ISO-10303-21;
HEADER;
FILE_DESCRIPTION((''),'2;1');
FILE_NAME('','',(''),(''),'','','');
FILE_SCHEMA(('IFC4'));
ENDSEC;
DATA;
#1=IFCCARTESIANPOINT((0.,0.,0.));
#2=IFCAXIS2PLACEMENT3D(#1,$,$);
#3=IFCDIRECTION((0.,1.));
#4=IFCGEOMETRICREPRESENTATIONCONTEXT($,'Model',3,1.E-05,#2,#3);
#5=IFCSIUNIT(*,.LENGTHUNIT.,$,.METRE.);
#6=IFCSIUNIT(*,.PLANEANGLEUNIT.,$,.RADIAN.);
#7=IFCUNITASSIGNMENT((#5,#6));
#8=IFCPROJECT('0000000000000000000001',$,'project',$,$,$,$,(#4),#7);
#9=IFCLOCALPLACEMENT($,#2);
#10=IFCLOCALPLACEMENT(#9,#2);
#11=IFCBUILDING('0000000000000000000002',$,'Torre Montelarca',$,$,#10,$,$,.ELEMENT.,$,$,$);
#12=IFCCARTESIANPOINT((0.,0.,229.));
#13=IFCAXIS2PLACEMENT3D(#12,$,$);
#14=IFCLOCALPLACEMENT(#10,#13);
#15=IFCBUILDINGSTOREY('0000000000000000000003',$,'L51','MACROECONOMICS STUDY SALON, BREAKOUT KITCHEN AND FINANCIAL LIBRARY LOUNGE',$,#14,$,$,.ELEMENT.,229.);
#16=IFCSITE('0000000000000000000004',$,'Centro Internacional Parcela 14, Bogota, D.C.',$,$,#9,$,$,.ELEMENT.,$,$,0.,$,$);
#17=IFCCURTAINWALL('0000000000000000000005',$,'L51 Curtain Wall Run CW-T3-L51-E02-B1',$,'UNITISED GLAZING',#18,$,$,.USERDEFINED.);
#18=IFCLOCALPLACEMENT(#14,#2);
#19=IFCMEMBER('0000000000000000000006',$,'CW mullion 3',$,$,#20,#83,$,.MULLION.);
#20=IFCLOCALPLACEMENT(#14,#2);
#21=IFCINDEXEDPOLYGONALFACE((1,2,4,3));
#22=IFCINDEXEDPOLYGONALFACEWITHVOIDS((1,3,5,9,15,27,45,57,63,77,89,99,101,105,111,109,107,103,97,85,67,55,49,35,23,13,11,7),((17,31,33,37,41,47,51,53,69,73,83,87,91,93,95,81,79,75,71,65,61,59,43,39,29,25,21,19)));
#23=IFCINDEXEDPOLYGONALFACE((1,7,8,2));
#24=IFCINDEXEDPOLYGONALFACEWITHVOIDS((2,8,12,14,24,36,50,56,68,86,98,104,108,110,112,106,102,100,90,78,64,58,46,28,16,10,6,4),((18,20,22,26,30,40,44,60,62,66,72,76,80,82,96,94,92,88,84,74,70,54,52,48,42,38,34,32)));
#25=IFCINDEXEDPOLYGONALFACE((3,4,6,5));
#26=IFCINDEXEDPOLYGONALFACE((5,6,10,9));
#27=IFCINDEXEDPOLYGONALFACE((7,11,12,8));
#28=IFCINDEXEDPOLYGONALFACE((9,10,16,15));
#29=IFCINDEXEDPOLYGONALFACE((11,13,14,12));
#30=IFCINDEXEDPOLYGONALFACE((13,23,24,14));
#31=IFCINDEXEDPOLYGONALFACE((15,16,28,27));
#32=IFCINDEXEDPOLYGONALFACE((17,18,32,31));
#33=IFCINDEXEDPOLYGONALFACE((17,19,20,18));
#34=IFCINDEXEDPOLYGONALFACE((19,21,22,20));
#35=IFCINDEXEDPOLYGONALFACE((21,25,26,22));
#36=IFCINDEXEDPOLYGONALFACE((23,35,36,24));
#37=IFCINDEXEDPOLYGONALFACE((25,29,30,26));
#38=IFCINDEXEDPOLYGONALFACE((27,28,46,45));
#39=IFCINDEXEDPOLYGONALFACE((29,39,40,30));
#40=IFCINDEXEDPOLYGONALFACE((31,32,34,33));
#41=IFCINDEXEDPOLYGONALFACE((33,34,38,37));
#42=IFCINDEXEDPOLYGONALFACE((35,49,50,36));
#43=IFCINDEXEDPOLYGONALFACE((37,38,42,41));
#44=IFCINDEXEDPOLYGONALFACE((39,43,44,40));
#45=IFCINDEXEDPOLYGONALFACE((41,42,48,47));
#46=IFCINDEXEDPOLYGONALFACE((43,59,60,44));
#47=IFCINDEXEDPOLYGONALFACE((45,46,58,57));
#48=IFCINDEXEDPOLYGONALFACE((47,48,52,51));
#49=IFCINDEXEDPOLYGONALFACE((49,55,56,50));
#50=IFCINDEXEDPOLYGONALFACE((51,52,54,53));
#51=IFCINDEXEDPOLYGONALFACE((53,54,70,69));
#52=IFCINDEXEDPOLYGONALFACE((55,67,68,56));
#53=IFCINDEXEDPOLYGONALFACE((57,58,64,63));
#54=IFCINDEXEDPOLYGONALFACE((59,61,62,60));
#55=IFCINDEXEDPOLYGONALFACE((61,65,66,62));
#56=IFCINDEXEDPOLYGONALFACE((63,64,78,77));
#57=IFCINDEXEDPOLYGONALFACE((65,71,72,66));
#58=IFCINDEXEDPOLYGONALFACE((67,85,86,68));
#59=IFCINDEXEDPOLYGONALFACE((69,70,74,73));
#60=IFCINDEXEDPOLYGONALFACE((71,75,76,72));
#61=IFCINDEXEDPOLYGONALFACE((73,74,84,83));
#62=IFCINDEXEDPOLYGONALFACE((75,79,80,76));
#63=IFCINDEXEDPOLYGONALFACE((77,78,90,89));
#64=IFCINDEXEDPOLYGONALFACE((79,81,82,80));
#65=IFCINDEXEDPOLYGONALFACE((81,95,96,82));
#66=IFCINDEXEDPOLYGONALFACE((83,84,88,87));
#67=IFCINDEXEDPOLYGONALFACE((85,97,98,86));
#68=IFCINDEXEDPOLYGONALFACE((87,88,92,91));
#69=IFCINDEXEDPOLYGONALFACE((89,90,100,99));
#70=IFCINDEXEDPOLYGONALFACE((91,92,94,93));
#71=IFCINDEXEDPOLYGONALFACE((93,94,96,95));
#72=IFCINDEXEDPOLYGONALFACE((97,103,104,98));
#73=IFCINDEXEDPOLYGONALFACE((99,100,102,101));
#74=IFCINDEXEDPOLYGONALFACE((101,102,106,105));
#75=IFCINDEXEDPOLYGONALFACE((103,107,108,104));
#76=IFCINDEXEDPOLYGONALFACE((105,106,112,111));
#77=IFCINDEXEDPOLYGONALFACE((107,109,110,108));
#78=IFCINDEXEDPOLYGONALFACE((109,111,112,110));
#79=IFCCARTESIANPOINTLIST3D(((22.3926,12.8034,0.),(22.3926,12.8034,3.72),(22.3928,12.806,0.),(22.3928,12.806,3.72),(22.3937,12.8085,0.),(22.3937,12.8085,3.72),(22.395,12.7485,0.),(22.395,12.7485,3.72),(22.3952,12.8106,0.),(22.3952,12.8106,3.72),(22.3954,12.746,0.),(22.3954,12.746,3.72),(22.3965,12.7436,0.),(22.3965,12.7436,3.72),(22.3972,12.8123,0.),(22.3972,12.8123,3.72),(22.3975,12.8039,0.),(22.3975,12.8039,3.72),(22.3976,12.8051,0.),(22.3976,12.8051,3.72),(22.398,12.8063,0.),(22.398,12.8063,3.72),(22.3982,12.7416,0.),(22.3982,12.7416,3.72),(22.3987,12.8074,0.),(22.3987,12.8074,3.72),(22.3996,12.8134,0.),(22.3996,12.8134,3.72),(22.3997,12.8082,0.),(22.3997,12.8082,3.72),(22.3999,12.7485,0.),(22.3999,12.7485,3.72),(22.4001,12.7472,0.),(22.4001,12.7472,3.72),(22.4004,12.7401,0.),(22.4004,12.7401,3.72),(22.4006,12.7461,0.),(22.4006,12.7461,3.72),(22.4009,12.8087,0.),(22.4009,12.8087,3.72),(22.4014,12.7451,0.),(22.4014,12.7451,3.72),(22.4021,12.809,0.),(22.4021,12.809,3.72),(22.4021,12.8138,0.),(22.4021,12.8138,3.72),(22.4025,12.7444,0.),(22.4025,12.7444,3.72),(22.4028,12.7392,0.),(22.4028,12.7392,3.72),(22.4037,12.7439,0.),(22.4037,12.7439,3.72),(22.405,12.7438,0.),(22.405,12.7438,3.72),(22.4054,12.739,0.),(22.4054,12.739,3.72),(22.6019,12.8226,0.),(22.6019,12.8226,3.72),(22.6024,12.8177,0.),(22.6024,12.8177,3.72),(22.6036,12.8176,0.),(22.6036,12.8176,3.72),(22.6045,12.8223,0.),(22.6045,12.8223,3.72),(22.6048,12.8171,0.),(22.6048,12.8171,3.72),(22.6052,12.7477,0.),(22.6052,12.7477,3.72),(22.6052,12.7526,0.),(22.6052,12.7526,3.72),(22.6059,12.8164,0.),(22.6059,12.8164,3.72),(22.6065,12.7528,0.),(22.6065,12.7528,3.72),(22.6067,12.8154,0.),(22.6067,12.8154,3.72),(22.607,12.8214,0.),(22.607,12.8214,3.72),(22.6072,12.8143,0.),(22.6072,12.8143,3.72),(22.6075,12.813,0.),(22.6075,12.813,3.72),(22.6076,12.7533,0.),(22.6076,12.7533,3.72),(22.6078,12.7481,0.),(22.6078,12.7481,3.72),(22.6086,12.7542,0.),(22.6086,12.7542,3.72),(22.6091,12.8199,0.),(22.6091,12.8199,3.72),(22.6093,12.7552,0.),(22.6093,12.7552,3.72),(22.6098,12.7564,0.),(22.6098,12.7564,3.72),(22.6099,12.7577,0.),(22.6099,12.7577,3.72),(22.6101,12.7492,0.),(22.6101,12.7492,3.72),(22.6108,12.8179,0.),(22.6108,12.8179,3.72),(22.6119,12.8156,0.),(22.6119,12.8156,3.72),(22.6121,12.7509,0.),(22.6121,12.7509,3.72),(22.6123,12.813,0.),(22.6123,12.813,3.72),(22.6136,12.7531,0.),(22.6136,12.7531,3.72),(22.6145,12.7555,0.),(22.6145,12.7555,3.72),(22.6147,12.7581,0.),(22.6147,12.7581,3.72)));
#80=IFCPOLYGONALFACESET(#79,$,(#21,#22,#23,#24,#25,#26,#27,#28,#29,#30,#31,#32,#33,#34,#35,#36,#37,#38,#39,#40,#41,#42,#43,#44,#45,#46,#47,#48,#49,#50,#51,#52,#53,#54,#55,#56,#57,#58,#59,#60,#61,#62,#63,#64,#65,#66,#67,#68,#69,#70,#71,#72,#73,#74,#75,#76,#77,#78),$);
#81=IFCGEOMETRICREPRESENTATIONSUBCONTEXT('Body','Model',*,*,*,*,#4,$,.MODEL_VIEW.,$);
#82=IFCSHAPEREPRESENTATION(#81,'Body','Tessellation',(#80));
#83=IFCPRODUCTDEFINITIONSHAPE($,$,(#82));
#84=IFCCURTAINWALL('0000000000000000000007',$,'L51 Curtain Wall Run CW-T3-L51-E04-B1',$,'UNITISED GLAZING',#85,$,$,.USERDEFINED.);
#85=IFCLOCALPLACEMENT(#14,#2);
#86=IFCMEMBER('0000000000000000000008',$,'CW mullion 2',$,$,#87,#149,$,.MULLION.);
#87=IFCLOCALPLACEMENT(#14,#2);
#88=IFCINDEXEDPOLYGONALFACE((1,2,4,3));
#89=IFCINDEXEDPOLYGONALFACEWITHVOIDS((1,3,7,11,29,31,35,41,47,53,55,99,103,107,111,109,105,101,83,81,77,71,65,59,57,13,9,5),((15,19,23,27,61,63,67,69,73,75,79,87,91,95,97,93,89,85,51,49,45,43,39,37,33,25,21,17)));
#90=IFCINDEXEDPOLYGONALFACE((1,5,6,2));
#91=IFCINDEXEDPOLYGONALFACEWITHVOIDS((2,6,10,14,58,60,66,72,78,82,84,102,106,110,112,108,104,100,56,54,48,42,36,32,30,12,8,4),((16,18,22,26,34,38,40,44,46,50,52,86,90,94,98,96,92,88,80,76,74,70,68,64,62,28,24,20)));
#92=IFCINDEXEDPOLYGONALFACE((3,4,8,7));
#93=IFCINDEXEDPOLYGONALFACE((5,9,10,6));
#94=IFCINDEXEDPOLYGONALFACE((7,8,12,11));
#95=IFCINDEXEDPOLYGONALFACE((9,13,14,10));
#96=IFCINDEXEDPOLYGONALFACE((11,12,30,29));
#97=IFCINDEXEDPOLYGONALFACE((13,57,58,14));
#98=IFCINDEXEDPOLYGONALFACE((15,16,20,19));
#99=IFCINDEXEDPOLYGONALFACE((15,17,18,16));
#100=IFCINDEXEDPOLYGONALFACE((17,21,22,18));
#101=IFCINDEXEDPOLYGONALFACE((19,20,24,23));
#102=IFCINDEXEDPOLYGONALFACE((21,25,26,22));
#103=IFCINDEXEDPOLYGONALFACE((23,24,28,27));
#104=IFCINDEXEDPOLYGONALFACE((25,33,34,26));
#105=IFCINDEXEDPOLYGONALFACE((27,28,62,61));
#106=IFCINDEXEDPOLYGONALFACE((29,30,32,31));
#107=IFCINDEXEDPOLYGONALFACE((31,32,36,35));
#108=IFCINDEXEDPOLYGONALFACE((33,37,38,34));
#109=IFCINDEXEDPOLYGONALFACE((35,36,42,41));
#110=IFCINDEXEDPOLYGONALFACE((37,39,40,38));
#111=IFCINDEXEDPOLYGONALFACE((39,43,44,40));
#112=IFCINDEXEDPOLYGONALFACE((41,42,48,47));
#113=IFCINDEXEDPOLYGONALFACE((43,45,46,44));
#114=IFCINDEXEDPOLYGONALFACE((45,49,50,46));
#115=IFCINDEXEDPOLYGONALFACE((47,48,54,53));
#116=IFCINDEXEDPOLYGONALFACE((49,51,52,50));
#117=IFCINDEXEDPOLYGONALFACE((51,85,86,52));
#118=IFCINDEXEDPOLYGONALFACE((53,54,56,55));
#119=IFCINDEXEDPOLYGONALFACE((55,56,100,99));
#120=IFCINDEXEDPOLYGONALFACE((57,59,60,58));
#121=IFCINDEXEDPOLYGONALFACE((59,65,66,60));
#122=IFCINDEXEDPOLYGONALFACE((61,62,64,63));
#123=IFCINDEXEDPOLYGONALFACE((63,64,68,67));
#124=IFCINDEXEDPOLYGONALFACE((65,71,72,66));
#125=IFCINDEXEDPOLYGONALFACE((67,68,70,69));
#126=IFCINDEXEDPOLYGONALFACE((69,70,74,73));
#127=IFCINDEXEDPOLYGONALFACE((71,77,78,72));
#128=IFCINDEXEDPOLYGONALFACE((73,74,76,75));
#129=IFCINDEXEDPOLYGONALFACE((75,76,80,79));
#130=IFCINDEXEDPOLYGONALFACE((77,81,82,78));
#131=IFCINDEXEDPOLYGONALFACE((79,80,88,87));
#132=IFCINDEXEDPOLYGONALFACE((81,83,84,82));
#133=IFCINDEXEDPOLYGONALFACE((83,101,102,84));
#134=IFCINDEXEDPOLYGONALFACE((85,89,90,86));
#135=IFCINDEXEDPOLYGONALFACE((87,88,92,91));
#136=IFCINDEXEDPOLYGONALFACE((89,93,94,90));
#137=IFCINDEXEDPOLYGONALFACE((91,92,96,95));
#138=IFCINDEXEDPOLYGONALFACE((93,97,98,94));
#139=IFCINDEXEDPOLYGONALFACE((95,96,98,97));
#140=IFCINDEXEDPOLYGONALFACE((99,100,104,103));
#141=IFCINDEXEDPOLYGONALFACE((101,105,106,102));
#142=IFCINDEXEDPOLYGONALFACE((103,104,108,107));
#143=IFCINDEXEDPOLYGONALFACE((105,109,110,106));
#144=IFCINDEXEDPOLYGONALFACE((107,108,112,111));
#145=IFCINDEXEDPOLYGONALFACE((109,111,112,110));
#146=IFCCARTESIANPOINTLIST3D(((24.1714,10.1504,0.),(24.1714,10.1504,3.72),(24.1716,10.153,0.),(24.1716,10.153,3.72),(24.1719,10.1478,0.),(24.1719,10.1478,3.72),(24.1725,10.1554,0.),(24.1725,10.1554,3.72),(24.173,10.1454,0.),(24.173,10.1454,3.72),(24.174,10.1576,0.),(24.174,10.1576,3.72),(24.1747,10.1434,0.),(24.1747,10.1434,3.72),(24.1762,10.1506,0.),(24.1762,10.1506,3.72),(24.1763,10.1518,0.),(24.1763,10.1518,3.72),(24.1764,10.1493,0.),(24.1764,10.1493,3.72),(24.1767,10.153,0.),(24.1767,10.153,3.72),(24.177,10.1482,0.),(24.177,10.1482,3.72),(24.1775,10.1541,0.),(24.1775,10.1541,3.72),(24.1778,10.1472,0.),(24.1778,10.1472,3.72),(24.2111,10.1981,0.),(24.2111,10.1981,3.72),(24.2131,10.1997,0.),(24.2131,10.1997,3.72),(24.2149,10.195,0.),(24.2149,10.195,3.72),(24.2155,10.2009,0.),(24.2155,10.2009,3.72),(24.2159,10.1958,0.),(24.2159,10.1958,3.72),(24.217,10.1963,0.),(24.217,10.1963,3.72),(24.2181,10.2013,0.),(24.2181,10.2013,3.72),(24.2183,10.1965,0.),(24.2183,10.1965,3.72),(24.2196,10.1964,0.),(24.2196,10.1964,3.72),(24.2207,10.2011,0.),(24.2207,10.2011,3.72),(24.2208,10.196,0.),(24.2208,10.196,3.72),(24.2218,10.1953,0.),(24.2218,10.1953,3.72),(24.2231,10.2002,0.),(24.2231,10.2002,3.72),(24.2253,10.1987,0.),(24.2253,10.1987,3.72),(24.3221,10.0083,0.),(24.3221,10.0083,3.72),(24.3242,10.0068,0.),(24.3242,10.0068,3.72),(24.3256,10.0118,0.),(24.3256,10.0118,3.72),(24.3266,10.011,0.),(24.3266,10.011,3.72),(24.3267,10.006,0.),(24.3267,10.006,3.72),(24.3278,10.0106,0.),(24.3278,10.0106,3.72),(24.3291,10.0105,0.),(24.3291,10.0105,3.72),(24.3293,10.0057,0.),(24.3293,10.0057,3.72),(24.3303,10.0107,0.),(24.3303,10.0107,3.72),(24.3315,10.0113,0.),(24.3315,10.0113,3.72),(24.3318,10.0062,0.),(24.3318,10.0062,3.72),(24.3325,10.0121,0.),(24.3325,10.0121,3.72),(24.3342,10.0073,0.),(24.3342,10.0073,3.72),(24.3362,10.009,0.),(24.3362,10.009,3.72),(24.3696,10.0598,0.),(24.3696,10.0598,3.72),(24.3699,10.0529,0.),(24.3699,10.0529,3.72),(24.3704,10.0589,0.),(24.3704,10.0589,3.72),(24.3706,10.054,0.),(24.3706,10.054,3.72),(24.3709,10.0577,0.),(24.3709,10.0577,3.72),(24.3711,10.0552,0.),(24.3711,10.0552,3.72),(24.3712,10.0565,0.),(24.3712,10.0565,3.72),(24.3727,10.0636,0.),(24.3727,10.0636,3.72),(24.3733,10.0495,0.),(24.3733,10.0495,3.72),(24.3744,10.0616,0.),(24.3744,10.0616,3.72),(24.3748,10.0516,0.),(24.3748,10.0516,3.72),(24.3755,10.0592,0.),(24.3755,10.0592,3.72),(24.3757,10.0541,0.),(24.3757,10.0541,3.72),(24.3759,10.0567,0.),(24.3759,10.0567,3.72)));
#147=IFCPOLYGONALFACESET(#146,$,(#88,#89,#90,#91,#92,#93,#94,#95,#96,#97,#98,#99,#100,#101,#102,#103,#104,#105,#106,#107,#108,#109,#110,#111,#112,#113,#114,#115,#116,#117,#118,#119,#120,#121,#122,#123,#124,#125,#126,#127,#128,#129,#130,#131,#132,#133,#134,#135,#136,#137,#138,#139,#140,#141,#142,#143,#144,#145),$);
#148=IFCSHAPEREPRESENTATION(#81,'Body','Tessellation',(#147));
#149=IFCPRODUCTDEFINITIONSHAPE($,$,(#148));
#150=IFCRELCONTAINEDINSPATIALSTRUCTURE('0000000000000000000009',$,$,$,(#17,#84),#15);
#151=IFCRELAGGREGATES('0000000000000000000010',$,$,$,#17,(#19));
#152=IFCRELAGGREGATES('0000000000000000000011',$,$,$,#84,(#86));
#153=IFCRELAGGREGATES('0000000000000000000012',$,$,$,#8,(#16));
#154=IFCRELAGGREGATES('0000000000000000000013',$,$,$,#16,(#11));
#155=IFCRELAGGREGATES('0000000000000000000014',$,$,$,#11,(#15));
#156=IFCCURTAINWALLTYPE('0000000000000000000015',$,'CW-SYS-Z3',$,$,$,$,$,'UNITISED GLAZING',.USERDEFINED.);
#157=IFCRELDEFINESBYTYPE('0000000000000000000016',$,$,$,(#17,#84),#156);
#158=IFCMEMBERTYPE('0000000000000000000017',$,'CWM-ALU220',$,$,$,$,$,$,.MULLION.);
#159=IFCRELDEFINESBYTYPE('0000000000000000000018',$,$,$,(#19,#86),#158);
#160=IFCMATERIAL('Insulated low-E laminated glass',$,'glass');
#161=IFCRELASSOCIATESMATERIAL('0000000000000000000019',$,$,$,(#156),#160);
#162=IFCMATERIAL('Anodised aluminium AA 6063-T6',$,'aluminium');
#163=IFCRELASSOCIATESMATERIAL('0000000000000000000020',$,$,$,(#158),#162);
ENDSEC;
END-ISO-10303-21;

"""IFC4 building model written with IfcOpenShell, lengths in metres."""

from ifc_helpers import new_model, si_unit, direction, frame, origin, origin_2d, place, context, subcontext, project, spatial, hollow_rectangle, extrude, source, transform, mapped, material, material_profile, profile_set, type_object, element, aggregate, save


model = new_model("IFC4")

# Units and contexts
model_context = context("Model", 3, precision=1e-05, world=origin(), true_north=direction((0.0, 1.0)))
body_context = subcontext(model_context, "Body", "Model", "MODEL_VIEW")
ifc_project = project(units=[si_unit("LENGTHUNIT", "METRE"), si_unit("PLANEANGLEUNIT", "RADIAN")], contexts=[model_context])

# Site, building, storey
site_placement = place(None, origin())
site = spatial("IfcSite", under=ifc_project, at=site_placement, Name="Centro Internacional Parcela 14, Bogota, D.C.", CompositionType="ELEMENT", RefElevation=0.0)
building_placement = place(site_placement, origin())
building = spatial("IfcBuilding", under=site, at=building_placement, Name="Torre Montelarca", CompositionType="ELEMENT")
storey_placement = place(building_placement, frame((0.0, 0.0, 229.0)))
storey = spatial("IfcBuildingStorey", under=building, at=storey_placement, Name="L51", Description="MACROECONOMICS STUDY SALON, BREAKOUT KITCHEN AND FINANCIAL LIBRARY LOUNGE", CompositionType="ELEMENT", Elevation=229.0)

# Shared definitions
ifc_material_1 = material(Name="Insulated low-E laminated glass", Category="glass")
curtain_wall_type = type_object("IfcCurtainWallType", Name="CW-SYS-Z3", ElementType="UNITISED GLAZING", PredefinedType="USERDEFINED", material=ifc_material_1)
ifc_material_2 = material(Name="Anodised aluminium AA 6063-T6", Category="aluminium")

# Curtain wall, member
curtain_wall_1_placement = place(storey_placement, origin())
curtain_wall_1 = element("IfcCurtainWall", 1, at=curtain_wall_1_placement, inside=storey, type_object=curtain_wall_type, Name="L51 Curtain Wall Run CW-T3-L51-E02-B1", ObjectType="UNITISED GLAZING", PredefinedType="USERDEFINED")
ifc_material_profile_1 = material_profile(ifc_material_2, hollow_rectangle(XDim=0.075, YDim=0.22, WallThickness=0.0049, InnerFilletRadius=0.0049, OuterFilletRadius=0.01, at=origin_2d()), Name="ALU75X220X5", Category="aluminium")
ifc_profile_set_1 = profile_set([ifc_material_profile_1], Name="Anodised aluminium AA 6063-T6")
member_type_1 = type_object("IfcMemberType", Name="CWM-ALU220", PredefinedType="MULLION", material=ifc_profile_set_1)
shared_shape_1 = source(origin(), body_context, "Body", "SweptSolid", [
    extrude(hollow_rectangle(XDim=0.075, YDim=0.22, WallThickness=0.0049, InnerFilletRadius=0.0049, OuterFilletRadius=0.01, at=origin_2d()), origin(), (0.0, 0.0, 1.0), 3.72),
])
member_1_placement = place(storey_placement, frame((22.5037, 12.7808, 0.0), z_axis=(0.0, 0.0, 1.0), x_axis=(-0.043625, 0.999048, 0.0)))
member_1 = element("IfcMember", 2, at=member_1_placement, type_object=member_type_1, Name="CW mullion 3", PredefinedType="MULLION", context=body_context, shape_type="MappedRepresentation", body=[
    mapped(shared_shape_1, transform((0.0, 0.0, 0.0), scale=1.0)),
])
aggregate(curtain_wall_1, [member_1])

# Curtain wall, member
curtain_wall_2_placement = place(storey_placement, origin())
curtain_wall_2 = element("IfcCurtainWall", 3, at=curtain_wall_2_placement, inside=storey, type_object=curtain_wall_type, Name="L51 Curtain Wall Run CW-T3-L51-E04-B1", ObjectType="UNITISED GLAZING", PredefinedType="USERDEFINED")
member_2_placement = place(storey_placement, frame((24.2737, 10.1035, 0.0), z_axis=(0.0, 0.0, 1.0), x_axis=(0.675572, 0.737294, 0.0)))
member_2 = element("IfcMember", 4, at=member_2_placement, type_object=member_type_1, Name="CW mullion 2", PredefinedType="MULLION", context=body_context, shape_type="MappedRepresentation", body=[
    mapped(shared_shape_1, transform((0.0, 0.0, 0.0), scale=1.0)),
])

aggregate(curtain_wall_2, [member_2])

save(model, "model.ifc")
